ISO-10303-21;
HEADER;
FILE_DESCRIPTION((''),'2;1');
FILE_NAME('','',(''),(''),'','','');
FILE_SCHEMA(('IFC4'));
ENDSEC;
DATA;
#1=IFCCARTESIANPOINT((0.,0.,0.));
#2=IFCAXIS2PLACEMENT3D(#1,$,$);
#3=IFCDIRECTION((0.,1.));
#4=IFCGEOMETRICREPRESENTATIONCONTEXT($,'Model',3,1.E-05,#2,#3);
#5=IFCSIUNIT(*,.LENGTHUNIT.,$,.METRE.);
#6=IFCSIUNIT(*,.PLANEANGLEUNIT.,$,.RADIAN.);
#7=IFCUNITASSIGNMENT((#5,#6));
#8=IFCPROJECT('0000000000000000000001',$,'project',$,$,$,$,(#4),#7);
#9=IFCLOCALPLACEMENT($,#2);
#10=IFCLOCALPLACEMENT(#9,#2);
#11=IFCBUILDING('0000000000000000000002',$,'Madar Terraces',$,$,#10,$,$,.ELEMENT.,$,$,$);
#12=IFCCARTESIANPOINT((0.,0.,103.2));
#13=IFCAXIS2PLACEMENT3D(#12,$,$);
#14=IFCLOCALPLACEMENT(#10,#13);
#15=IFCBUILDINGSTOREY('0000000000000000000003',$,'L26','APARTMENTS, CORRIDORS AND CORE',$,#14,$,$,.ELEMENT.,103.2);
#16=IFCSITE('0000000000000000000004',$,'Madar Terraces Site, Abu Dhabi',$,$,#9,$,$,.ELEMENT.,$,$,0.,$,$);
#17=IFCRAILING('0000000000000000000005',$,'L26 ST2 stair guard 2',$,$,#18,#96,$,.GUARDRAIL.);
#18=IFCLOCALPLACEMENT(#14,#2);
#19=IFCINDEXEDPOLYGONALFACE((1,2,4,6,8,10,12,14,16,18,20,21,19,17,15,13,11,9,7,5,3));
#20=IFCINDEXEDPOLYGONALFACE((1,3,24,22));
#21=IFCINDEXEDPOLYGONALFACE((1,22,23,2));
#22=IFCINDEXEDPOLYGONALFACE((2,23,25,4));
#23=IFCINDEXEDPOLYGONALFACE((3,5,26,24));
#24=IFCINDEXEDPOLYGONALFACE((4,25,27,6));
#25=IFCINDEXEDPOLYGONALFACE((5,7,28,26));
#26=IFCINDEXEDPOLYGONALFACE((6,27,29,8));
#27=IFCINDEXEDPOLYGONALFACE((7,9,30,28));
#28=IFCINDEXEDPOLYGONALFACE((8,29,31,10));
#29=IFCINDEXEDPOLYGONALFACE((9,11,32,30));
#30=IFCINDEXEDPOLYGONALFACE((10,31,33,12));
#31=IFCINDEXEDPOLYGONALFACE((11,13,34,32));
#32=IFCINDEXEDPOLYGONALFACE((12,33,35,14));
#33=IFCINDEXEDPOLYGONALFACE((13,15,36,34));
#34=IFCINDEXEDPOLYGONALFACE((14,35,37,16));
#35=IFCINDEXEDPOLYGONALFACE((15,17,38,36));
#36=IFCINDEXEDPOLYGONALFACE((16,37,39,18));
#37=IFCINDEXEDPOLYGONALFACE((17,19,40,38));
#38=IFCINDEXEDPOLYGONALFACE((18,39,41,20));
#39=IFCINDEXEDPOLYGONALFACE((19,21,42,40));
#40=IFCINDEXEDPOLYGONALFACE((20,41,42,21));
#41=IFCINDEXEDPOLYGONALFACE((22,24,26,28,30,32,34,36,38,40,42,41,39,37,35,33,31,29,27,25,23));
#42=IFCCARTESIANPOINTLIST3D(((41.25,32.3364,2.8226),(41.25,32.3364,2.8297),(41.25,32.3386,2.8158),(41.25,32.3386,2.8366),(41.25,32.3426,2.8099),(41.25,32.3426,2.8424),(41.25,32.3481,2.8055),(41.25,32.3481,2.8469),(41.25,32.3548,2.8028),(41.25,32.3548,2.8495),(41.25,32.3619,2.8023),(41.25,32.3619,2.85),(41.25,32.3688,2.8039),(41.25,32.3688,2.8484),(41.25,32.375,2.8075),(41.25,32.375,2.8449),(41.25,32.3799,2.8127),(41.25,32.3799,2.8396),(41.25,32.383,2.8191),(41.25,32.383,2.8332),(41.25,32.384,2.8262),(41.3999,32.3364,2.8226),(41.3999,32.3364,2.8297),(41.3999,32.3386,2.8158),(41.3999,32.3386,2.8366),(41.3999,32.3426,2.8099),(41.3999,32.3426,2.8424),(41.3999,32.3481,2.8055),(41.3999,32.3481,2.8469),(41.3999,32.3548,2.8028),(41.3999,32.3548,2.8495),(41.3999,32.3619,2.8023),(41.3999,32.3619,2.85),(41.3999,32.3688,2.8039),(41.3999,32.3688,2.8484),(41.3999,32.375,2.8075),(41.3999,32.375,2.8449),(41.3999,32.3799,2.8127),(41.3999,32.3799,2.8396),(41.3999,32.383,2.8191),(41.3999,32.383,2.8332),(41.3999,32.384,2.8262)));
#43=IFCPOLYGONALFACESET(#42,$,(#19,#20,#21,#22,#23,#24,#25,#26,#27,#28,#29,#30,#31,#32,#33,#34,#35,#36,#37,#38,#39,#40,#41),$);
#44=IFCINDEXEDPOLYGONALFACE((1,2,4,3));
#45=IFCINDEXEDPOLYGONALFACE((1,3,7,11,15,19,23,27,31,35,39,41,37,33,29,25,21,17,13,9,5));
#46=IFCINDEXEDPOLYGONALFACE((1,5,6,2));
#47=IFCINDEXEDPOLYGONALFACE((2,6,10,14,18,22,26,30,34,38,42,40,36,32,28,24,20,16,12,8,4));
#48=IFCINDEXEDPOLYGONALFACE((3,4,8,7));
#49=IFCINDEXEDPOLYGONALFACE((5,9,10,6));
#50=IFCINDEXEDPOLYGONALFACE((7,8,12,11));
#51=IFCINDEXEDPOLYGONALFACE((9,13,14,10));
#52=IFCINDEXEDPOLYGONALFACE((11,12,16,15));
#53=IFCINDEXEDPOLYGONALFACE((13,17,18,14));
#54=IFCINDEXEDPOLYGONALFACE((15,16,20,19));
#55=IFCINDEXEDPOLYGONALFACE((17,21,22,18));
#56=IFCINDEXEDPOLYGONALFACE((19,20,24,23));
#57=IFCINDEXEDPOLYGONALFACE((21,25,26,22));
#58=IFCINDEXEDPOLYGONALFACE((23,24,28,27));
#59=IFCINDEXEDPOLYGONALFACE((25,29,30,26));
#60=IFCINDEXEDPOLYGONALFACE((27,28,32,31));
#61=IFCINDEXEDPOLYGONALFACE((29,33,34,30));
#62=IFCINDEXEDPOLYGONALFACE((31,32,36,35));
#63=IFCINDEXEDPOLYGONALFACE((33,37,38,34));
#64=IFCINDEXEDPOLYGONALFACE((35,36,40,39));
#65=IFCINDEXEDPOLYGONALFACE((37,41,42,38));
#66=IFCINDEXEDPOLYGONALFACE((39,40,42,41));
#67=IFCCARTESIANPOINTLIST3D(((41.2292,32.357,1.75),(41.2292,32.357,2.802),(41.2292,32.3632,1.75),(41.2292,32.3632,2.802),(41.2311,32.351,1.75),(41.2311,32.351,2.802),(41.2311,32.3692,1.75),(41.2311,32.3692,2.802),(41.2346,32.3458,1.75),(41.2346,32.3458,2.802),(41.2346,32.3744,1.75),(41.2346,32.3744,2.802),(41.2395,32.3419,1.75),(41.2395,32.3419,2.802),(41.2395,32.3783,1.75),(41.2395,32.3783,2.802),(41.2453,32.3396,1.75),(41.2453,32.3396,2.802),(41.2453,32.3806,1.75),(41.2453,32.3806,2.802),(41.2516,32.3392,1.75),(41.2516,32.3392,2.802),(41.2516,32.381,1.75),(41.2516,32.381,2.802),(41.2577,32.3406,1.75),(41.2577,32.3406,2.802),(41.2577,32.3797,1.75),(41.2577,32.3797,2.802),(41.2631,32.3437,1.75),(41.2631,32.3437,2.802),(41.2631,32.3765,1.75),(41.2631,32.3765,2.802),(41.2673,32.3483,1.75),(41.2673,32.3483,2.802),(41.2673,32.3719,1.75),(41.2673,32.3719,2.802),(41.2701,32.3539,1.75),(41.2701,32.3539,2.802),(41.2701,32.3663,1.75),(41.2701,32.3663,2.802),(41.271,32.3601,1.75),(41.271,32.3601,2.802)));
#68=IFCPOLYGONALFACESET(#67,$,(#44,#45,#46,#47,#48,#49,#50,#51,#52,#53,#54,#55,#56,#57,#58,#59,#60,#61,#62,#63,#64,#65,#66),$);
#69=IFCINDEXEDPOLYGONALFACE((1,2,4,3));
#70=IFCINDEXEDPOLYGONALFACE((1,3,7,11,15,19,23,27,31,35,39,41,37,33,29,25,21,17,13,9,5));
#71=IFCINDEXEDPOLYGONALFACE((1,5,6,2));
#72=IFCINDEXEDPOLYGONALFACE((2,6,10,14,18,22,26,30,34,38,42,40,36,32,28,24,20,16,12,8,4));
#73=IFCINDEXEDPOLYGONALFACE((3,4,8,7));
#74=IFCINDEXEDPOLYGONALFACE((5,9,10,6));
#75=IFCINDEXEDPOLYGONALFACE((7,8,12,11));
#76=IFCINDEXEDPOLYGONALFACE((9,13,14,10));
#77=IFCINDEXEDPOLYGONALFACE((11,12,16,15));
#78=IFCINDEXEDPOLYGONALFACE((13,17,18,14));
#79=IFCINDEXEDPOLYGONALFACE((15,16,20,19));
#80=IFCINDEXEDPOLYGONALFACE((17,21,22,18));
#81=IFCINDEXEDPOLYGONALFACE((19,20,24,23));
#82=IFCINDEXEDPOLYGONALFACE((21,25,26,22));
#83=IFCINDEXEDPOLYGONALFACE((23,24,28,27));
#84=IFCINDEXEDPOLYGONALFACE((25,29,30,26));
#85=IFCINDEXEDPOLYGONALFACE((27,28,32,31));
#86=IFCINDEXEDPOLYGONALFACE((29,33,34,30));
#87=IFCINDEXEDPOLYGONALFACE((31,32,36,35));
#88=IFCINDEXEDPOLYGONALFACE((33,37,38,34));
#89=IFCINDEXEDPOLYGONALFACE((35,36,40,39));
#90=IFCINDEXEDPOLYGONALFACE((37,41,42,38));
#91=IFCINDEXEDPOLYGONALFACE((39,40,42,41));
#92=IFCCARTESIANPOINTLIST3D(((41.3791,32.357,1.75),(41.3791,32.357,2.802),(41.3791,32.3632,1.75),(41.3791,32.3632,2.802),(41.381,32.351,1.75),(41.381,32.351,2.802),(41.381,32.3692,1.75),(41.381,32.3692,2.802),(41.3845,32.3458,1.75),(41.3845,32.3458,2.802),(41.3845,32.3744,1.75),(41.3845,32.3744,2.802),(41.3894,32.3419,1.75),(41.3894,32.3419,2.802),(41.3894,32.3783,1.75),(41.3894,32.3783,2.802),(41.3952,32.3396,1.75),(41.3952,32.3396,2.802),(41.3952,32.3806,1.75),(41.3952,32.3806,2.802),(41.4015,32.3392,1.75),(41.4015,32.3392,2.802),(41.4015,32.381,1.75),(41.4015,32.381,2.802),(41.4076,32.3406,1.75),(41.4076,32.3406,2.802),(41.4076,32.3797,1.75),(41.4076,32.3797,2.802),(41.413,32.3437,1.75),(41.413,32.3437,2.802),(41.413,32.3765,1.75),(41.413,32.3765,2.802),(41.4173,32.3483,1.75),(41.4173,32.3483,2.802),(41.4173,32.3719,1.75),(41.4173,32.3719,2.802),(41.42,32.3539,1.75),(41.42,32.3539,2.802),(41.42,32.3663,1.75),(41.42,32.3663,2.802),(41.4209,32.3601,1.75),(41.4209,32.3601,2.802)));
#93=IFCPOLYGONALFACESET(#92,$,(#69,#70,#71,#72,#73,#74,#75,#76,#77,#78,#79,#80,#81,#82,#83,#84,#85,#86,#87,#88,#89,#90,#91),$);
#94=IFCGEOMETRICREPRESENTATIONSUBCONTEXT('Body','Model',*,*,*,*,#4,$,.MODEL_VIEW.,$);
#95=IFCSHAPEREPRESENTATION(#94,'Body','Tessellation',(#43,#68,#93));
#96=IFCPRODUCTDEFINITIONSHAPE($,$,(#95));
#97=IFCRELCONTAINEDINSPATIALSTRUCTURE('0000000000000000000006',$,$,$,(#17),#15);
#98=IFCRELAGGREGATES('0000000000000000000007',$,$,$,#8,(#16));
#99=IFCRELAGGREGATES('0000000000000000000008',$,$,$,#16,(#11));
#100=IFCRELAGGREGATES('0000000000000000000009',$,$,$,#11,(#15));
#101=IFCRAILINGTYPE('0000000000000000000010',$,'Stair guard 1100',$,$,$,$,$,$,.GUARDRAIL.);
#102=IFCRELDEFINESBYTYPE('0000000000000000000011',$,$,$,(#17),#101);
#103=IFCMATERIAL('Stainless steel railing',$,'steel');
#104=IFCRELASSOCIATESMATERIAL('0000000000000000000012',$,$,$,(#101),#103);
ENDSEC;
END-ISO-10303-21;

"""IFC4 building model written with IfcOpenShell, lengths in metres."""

from ifc_helpers import new_model, si_unit, direction, frame, origin, origin_2d, place, context, subcontext, project, spatial, circle, extrude, material, type_object, element, save


model = new_model("IFC4")

# Units and contexts
model_context = context("Model", 3, precision=1e-05, world=origin(), true_north=direction((0.0, 1.0)))
body_context = subcontext(model_context, "Body", "Model", "MODEL_VIEW")
ifc_project = project(units=[si_unit("LENGTHUNIT", "METRE"), si_unit("PLANEANGLEUNIT", "RADIAN")], contexts=[model_context])

# Site, building, storey
site_placement = place(None, origin())
site = spatial("IfcSite", under=ifc_project, at=site_placement, Name="Madar Terraces Site, Abu Dhabi", CompositionType="ELEMENT", RefElevation=0.0)
building_placement = place(site_placement, origin())
building = spatial("IfcBuilding", under=site, at=building_placement, Name="Madar Terraces", CompositionType="ELEMENT")
storey_placement = place(building_placement, frame((0.0, 0.0, 103.2)))
storey = spatial("IfcBuildingStorey", under=building, at=storey_placement, Name="L26", Description="APARTMENTS, CORRIDORS AND CORE", CompositionType="ELEMENT", Elevation=103.2)

# Railing
ifc_material_1 = material(Name="Stainless steel railing", Category="steel")
railing_type_1 = type_object("IfcRailingType", Name="Stair guard 1100", PredefinedType="GUARDRAIL", material=ifc_material_1)
railing_1_placement = place(storey_placement, frame((41.25, 32.3601, 1.75)))
element("IfcRailing", 1, at=railing_1_placement, inside=storey, type_object=railing_type_1, Name="L26 ST2 stair guard 2", PredefinedType="GUARDRAIL", context=body_context, shape_type="SweptSolid", body=[
    extrude(circle(Radius=0.0239, at=origin_2d()), frame((0.0, 0.0, 1.0762), z_axis=(1.0, 0.0, 0.0), x_axis=(0.0, 1.0, 0.0)), (0.0, 0.0, 1.0), 0.1499),
    extrude(circle(Radius=0.021, at=origin_2d()), origin(), (0.0, 0.0, 1.0), 1.052),
    extrude(circle(Radius=0.021, at=origin_2d()), frame((0.1499, 0.0, 0.0)), (0.0, 0.0, 1.0), 1.052),
])

save(model, "model.ifc")
